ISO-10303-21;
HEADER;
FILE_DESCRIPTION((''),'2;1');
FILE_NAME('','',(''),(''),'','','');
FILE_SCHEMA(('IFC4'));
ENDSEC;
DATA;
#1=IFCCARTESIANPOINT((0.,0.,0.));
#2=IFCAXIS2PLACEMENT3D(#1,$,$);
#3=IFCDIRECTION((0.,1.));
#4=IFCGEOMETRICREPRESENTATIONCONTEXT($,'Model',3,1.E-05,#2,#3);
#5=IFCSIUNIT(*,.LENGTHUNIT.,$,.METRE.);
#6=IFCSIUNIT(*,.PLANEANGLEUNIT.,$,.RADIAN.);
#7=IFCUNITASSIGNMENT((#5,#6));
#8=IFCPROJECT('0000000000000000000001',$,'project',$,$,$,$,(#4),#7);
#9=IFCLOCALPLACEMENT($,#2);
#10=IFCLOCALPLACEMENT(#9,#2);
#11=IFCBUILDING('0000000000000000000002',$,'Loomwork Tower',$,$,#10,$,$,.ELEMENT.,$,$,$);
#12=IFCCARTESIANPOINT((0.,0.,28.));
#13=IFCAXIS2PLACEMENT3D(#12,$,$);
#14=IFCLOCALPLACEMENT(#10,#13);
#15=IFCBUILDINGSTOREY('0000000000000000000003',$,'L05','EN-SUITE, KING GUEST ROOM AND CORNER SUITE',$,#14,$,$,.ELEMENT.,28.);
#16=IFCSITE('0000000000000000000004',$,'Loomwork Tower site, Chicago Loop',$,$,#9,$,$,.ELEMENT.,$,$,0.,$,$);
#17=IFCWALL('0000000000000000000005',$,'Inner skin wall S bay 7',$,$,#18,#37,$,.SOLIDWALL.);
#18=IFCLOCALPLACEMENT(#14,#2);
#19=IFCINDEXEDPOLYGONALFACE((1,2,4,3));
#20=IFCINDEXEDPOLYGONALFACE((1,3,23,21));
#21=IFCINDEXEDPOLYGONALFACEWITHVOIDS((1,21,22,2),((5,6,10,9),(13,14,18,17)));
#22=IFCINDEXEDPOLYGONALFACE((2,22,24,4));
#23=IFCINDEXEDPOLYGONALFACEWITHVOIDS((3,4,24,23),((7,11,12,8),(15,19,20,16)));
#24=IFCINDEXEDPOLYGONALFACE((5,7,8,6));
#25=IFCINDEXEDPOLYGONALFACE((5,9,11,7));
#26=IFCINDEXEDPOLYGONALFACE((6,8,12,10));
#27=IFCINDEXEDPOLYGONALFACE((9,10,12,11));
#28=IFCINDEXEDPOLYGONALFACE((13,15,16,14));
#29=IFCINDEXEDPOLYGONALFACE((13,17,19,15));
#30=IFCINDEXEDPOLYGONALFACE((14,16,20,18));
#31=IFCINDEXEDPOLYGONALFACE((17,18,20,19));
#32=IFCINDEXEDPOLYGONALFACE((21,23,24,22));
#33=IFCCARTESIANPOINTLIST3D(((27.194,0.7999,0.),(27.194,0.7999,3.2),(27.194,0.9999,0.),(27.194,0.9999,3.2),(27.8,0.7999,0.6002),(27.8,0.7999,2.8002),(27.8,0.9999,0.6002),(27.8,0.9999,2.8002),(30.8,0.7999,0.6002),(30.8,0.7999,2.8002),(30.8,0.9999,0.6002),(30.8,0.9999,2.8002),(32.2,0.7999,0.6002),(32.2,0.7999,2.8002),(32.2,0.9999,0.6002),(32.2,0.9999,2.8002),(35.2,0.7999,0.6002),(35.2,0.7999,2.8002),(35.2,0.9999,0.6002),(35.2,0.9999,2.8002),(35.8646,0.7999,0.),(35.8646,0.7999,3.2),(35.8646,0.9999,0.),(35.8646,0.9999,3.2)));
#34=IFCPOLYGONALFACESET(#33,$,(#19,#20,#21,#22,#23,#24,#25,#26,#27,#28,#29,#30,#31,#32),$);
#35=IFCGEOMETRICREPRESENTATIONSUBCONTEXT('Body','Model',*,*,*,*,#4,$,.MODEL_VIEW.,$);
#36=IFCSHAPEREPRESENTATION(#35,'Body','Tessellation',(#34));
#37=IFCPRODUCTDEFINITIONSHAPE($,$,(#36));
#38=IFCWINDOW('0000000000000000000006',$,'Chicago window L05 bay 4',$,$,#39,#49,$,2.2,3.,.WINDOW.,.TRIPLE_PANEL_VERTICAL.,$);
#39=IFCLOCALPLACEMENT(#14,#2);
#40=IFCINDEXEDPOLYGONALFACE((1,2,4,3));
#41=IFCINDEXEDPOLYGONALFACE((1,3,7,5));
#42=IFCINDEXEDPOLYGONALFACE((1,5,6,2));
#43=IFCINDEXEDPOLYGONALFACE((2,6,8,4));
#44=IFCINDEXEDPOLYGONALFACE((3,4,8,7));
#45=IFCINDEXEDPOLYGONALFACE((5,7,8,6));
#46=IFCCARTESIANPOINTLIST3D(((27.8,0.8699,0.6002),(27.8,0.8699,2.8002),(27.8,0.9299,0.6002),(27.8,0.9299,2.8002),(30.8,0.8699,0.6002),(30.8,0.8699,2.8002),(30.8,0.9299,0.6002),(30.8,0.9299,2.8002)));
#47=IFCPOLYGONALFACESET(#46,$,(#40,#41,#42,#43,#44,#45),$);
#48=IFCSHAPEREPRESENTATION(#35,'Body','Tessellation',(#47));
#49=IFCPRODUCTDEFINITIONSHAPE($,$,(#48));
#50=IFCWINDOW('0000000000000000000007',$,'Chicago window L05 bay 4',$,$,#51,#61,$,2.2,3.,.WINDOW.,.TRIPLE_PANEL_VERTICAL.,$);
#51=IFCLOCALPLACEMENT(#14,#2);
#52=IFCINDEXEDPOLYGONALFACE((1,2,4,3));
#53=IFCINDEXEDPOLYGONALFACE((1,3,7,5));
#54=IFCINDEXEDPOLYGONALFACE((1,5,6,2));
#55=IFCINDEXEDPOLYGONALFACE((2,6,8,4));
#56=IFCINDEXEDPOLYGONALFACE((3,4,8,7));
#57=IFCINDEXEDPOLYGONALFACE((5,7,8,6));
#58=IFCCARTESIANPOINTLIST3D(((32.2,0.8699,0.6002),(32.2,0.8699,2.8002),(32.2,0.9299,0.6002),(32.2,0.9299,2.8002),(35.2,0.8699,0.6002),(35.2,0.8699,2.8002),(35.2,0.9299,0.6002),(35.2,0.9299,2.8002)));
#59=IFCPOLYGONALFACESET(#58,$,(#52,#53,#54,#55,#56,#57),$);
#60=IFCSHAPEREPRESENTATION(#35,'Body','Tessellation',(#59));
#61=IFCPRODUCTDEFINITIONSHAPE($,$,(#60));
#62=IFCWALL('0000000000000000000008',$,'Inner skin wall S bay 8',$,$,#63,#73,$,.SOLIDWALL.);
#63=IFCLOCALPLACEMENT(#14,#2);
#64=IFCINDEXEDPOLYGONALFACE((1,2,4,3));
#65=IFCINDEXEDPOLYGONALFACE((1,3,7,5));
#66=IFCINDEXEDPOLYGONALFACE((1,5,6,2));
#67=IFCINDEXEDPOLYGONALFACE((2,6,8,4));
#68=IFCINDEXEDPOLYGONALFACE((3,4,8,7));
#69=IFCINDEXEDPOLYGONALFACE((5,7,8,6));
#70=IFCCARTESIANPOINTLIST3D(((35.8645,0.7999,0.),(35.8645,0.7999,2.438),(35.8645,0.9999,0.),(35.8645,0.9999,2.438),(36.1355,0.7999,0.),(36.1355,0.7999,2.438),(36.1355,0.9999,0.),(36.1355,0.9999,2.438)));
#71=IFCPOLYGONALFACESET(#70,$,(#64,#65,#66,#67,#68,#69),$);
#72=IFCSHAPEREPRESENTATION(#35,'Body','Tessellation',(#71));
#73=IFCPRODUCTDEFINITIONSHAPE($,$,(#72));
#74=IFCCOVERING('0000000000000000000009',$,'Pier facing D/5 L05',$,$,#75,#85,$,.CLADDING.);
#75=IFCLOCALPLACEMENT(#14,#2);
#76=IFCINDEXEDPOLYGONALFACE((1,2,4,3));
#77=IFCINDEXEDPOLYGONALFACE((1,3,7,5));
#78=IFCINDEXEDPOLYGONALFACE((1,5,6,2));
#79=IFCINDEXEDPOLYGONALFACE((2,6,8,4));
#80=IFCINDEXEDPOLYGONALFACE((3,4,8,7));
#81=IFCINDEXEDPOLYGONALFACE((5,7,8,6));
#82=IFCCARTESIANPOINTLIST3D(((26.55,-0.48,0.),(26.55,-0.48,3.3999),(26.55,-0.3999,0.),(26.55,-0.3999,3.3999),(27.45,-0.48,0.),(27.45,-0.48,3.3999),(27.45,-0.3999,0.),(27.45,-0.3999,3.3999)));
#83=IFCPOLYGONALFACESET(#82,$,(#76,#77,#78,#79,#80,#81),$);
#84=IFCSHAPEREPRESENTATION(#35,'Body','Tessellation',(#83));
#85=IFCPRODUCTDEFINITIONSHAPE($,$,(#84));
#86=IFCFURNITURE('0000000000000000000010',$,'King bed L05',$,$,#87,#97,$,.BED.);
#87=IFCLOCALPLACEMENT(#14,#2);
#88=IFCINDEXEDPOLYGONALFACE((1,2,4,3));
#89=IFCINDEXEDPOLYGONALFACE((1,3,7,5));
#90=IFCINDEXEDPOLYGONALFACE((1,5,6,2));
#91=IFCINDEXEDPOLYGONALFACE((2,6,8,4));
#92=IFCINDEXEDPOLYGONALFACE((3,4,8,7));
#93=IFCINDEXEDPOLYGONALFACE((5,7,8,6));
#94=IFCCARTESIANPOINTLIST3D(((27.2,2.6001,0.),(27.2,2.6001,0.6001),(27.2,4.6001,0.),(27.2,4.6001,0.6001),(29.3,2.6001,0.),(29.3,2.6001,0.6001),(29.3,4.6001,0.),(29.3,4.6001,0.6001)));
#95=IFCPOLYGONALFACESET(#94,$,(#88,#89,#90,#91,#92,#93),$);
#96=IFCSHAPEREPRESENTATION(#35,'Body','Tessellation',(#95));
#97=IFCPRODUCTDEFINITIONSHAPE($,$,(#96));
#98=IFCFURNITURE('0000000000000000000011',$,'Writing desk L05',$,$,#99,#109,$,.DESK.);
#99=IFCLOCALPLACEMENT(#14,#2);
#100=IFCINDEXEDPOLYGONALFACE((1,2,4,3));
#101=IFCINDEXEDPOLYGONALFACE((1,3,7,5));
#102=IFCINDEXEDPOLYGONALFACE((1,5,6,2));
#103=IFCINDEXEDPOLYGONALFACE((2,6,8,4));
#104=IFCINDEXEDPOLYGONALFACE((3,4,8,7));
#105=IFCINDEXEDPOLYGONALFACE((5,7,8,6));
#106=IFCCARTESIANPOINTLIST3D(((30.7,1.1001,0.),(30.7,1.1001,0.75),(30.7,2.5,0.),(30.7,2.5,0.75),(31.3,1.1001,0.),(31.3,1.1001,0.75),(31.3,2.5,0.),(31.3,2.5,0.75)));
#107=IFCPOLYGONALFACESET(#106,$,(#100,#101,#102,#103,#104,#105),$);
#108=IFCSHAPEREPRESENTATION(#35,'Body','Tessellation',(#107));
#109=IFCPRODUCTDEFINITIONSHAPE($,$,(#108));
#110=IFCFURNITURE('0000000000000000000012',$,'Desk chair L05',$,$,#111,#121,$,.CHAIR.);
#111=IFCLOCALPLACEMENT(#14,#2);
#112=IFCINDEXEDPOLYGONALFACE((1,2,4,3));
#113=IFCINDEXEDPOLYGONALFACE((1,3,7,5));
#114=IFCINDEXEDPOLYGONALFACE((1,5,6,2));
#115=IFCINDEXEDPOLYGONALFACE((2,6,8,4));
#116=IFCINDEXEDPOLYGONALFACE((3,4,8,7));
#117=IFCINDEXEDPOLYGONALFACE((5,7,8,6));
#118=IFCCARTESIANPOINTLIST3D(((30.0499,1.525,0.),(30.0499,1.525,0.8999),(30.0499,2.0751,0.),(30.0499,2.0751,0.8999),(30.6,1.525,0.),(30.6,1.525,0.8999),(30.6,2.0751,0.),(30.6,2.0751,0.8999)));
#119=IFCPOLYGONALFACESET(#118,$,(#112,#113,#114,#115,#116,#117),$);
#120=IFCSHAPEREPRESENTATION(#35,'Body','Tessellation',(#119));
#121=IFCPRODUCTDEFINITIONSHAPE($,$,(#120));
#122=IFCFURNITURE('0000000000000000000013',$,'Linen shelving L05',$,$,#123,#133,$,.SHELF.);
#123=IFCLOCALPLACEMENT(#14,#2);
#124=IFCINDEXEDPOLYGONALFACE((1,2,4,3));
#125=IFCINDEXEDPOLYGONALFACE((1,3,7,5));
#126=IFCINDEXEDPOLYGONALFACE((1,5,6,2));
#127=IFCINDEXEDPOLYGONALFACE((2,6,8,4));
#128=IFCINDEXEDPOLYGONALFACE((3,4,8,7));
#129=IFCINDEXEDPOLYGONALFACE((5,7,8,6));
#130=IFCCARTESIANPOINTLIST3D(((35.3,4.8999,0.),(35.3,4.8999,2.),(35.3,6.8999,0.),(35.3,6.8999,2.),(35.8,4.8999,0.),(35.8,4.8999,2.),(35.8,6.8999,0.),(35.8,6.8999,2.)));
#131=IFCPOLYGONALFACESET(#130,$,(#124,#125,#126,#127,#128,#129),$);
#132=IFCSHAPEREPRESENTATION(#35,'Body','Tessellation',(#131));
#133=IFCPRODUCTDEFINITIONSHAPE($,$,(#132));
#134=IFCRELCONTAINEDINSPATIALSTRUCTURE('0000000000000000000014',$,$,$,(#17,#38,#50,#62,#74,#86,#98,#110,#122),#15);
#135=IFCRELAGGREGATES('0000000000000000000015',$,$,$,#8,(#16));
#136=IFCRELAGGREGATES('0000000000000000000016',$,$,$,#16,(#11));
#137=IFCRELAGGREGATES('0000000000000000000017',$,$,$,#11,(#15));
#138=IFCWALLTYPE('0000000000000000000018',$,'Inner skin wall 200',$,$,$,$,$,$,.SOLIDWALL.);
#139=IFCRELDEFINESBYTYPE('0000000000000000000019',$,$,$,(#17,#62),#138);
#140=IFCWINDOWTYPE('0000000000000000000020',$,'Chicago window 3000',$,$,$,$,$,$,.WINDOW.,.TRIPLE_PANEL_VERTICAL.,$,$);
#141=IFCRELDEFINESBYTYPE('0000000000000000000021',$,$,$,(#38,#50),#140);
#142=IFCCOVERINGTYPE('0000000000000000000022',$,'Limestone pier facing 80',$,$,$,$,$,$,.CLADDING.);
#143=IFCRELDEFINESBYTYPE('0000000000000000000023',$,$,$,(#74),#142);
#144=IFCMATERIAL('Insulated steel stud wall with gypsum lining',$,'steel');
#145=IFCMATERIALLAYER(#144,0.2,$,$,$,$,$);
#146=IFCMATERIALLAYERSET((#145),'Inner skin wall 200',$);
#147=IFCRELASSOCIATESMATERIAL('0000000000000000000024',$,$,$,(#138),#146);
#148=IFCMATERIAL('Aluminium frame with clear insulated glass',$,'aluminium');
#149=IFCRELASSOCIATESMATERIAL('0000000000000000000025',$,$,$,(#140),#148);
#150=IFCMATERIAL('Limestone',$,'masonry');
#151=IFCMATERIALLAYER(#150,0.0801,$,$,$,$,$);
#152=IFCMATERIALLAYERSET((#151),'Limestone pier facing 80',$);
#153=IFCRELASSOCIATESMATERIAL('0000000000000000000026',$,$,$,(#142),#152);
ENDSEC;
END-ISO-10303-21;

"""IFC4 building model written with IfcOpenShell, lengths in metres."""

from ifc_helpers import new_model, si_unit, direction, frame, frame_2d, origin, origin_2d, place, context, subcontext, project, spatial, rectangle, extrude, material, layer, layer_set, type_object, element, fill, save


model = new_model("IFC4")

# Units and contexts
model_context = context("Model", 3, precision=1e-05, world=origin(), true_north=direction((0.0, 1.0)))
body_context = subcontext(model_context, "Body", "Model", "MODEL_VIEW")
ifc_project = project(units=[si_unit("LENGTHUNIT", "METRE"), si_unit("PLANEANGLEUNIT", "RADIAN")], contexts=[model_context])

# Site, building, storey
site_placement = place(None, origin())
site = spatial("IfcSite", under=ifc_project, at=site_placement, Name="Loomwork Tower site, Chicago Loop", CompositionType="ELEMENT", RefElevation=0.0)
building_placement = place(site_placement, origin())
building = spatial("IfcBuilding", under=site, at=building_placement, Name="Loomwork Tower", CompositionType="ELEMENT")
storey_placement = place(building_placement, frame((0.0, 0.0, 28.0)))
storey = spatial("IfcBuildingStorey", under=building, at=storey_placement, Name="L05", Description="EN-SUITE, KING GUEST ROOM AND CORNER SUITE", CompositionType="ELEMENT", Elevation=28.0)

# Wall, openings, windows
ifc_material_1 = material(Name="Insulated steel stud wall with gypsum lining", Category="steel")
ifc_layer_1 = layer(ifc_material_1, 0.2)
ifc_layer_set_1 = layer_set([ifc_layer_1], Name="Inner skin wall 200")
wall_type = type_object("IfcWallType", Name="Inner skin wall 200", PredefinedType="SOLIDWALL", material=ifc_layer_set_1)
wall_1_placement = place(storey_placement, frame((27.1938, 0.8999, 0.0), z_axis=(0.0, 0.0, 1.0), x_axis=(1.0, 0.0, 0.0)))
wall_1 = element("IfcWall", 1, at=wall_1_placement, inside=storey, type_object=wall_type, Name="Inner skin wall S bay 7", PredefinedType="SOLIDWALL", context=body_context, shape_type="SweptSolid", body=[
    extrude(rectangle(XDim=8.6707, YDim=0.2, at=frame_2d((4.3354, 0.0))), origin(), (0.0, 0.0, 1.0), 3.2),
])
opening_1_placement = place(wall_1_placement, frame((0.6062, 0.0, 0.6001)))
opening_1 = element("IfcOpeningElement", 2, at=opening_1_placement, cuts=wall_1, PredefinedType="OPENING", context=body_context, shape_type="SweptSolid", body=[
    extrude(rectangle(XDim=3.0, YDim=2.2, at=frame_2d((1.5, 1.1001))), frame((0.0, 0.1099, 0.0), z_axis=(0.0, -1.0, 0.0), x_axis=(1.0, 0.0, 0.0)), (0.0, 0.0, 1.0), 0.22),
])
opening_2_placement = place(wall_1_placement, frame((5.0061, 0.0, 0.6001)))
opening_2 = element("IfcOpeningElement", 3, at=opening_2_placement, cuts=wall_1, PredefinedType="OPENING", context=body_context, shape_type="SweptSolid", body=[
    extrude(rectangle(XDim=3.0, YDim=2.2, at=frame_2d((1.5, 1.1001))), frame((0.0, 0.1099, 0.0), z_axis=(0.0, -1.0, 0.0), x_axis=(1.0, 0.0, 0.0)), (0.0, 0.0, 1.0), 0.22),
])
ifc_material_2 = material(Name="Aluminium frame with clear insulated glass", Category="aluminium")
window_type = type_object("IfcWindowType", Name="Chicago window 3000", PartitioningType="TRIPLE_PANEL_VERTICAL", PredefinedType="WINDOW", material=ifc_material_2)
window_1_placement = place(opening_1_placement, origin())
window_1 = element("IfcWindow", 4, at=window_1_placement, inside=storey, type_object=window_type, Name="Chicago window L05 bay 4", OverallHeight=2.2, OverallWidth=3.0, PartitioningType="TRIPLE_PANEL_VERTICAL", PredefinedType="WINDOW", context=body_context, shape_type="SweptSolid", body=[
    extrude(rectangle(XDim=3.0, YDim=2.2, at=frame_2d((1.5, 1.1001))), frame((0.0, 0.03, 0.0), z_axis=(0.0, -1.0, 0.0), x_axis=(1.0, 0.0, 0.0)), (0.0, 0.0, 1.0), 0.0601),
])
fill(opening_1, window_1)
window_2_placement = place(opening_2_placement, origin())
window_2 = element("IfcWindow", 5, at=window_2_placement, inside=storey, type_object=window_type, Name="Chicago window L05 bay 4", OverallHeight=2.2, OverallWidth=3.0, PartitioningType="TRIPLE_PANEL_VERTICAL", PredefinedType="WINDOW", context=body_context, shape_type="SweptSolid", body=[
    extrude(rectangle(XDim=3.0, YDim=2.2, at=frame_2d((1.5, 1.1001))), frame((0.0, 0.03, 0.0), z_axis=(0.0, -1.0, 0.0), x_axis=(1.0, 0.0, 0.0)), (0.0, 0.0, 1.0), 0.0601),
])
fill(opening_2, window_2)

# Wall
wall_2_placement = place(storey_placement, frame((35.8645, 0.8999, 0.0), z_axis=(0.0, 0.0, 1.0), x_axis=(1.0, 0.0, 0.0)))
element("IfcWall", 6, at=wall_2_placement, inside=storey, type_object=wall_type, Name="Inner skin wall S bay 8", PredefinedType="SOLIDWALL", context=body_context, shape_type="SweptSolid", body=[
    extrude(rectangle(XDim=0.271, YDim=0.2, at=frame_2d((0.1355, 0.0))), origin(), (0.0, 0.0, 1.0), 2.438),
])

# Covering
ifc_material_3 = material(Name="Limestone", Category="masonry")
ifc_layer_2 = layer(ifc_material_3, 0.0801)
ifc_layer_set_2 = layer_set([ifc_layer_2], Name="Limestone pier facing 80")
covering_type = type_object("IfcCoveringType", Name="Limestone pier facing 80", PredefinedType="CLADDING", material=ifc_layer_set_2)
covering_placement = place(storey_placement, frame((27.0, -0.4399, 0.0), z_axis=(0.0, 0.0, 1.0), x_axis=(1.0, 0.0, 0.0)))
element("IfcCovering", 7, at=covering_placement, inside=storey, type_object=covering_type, Name="Pier facing D/5 L05", PredefinedType="CLADDING", context=body_context, shape_type="SweptSolid", body=[
    extrude(rectangle(XDim=0.8999, YDim=0.0801, at=origin_2d()), origin(), (0.0, 0.0, 1.0), 3.3999),
])

# Furniture
furniture_1_placement = place(storey_placement, frame((28.25, 3.6001, 0.0), z_axis=(0.0, 0.0, 1.0), x_axis=(1.0, 0.0, 0.0)))
element("IfcFurniture", 8, at=furniture_1_placement, inside=storey, Name="King bed L05", PredefinedType="BED", context=body_context, shape_type="SweptSolid", body=[
    extrude(rectangle(XDim=2.1001, YDim=2.0, at=origin_2d()), origin(), (0.0, 0.0, 1.0), 0.6001),
])
furniture_2_placement = place(storey_placement, frame((31.0, 1.8, 0.0), z_axis=(0.0, 0.0, 1.0), x_axis=(1.0, 0.0, 0.0)))
element("IfcFurniture", 9, at=furniture_2_placement, inside=storey, Name="Writing desk L05", PredefinedType="DESK", context=body_context, shape_type="SweptSolid", body=[
    extrude(rectangle(XDim=0.6001, YDim=1.3999, at=origin_2d()), origin(), (0.0, 0.0, 1.0), 0.75),
])
furniture_3_placement = place(storey_placement, frame((30.325, 1.8, 0.0), z_axis=(0.0, 0.0, 1.0), x_axis=(1.0, 0.0, 0.0)))
element("IfcFurniture", 10, at=furniture_3_placement, inside=storey, Name="Desk chair L05", PredefinedType="CHAIR", context=body_context, shape_type="SweptSolid", body=[
    extrude(rectangle(XDim=0.55, YDim=0.55, at=origin_2d()), origin(), (0.0, 0.0, 1.0), 0.8999),
])
furniture_4_placement = place(storey_placement, frame((35.55, 5.8999, 0.0), z_axis=(0.0, 0.0, 1.0), x_axis=(1.0, 0.0, 0.0)))
element("IfcFurniture", 11, at=furniture_4_placement, inside=storey, Name="Linen shelving L05", PredefinedType="SHELF", context=body_context, shape_type="SweptSolid", body=[
    extrude(rectangle(XDim=0.5, YDim=2.0, at=origin_2d()), origin(), (0.0, 0.0, 1.0), 2.0),
])

save(model, "model.ifc")
